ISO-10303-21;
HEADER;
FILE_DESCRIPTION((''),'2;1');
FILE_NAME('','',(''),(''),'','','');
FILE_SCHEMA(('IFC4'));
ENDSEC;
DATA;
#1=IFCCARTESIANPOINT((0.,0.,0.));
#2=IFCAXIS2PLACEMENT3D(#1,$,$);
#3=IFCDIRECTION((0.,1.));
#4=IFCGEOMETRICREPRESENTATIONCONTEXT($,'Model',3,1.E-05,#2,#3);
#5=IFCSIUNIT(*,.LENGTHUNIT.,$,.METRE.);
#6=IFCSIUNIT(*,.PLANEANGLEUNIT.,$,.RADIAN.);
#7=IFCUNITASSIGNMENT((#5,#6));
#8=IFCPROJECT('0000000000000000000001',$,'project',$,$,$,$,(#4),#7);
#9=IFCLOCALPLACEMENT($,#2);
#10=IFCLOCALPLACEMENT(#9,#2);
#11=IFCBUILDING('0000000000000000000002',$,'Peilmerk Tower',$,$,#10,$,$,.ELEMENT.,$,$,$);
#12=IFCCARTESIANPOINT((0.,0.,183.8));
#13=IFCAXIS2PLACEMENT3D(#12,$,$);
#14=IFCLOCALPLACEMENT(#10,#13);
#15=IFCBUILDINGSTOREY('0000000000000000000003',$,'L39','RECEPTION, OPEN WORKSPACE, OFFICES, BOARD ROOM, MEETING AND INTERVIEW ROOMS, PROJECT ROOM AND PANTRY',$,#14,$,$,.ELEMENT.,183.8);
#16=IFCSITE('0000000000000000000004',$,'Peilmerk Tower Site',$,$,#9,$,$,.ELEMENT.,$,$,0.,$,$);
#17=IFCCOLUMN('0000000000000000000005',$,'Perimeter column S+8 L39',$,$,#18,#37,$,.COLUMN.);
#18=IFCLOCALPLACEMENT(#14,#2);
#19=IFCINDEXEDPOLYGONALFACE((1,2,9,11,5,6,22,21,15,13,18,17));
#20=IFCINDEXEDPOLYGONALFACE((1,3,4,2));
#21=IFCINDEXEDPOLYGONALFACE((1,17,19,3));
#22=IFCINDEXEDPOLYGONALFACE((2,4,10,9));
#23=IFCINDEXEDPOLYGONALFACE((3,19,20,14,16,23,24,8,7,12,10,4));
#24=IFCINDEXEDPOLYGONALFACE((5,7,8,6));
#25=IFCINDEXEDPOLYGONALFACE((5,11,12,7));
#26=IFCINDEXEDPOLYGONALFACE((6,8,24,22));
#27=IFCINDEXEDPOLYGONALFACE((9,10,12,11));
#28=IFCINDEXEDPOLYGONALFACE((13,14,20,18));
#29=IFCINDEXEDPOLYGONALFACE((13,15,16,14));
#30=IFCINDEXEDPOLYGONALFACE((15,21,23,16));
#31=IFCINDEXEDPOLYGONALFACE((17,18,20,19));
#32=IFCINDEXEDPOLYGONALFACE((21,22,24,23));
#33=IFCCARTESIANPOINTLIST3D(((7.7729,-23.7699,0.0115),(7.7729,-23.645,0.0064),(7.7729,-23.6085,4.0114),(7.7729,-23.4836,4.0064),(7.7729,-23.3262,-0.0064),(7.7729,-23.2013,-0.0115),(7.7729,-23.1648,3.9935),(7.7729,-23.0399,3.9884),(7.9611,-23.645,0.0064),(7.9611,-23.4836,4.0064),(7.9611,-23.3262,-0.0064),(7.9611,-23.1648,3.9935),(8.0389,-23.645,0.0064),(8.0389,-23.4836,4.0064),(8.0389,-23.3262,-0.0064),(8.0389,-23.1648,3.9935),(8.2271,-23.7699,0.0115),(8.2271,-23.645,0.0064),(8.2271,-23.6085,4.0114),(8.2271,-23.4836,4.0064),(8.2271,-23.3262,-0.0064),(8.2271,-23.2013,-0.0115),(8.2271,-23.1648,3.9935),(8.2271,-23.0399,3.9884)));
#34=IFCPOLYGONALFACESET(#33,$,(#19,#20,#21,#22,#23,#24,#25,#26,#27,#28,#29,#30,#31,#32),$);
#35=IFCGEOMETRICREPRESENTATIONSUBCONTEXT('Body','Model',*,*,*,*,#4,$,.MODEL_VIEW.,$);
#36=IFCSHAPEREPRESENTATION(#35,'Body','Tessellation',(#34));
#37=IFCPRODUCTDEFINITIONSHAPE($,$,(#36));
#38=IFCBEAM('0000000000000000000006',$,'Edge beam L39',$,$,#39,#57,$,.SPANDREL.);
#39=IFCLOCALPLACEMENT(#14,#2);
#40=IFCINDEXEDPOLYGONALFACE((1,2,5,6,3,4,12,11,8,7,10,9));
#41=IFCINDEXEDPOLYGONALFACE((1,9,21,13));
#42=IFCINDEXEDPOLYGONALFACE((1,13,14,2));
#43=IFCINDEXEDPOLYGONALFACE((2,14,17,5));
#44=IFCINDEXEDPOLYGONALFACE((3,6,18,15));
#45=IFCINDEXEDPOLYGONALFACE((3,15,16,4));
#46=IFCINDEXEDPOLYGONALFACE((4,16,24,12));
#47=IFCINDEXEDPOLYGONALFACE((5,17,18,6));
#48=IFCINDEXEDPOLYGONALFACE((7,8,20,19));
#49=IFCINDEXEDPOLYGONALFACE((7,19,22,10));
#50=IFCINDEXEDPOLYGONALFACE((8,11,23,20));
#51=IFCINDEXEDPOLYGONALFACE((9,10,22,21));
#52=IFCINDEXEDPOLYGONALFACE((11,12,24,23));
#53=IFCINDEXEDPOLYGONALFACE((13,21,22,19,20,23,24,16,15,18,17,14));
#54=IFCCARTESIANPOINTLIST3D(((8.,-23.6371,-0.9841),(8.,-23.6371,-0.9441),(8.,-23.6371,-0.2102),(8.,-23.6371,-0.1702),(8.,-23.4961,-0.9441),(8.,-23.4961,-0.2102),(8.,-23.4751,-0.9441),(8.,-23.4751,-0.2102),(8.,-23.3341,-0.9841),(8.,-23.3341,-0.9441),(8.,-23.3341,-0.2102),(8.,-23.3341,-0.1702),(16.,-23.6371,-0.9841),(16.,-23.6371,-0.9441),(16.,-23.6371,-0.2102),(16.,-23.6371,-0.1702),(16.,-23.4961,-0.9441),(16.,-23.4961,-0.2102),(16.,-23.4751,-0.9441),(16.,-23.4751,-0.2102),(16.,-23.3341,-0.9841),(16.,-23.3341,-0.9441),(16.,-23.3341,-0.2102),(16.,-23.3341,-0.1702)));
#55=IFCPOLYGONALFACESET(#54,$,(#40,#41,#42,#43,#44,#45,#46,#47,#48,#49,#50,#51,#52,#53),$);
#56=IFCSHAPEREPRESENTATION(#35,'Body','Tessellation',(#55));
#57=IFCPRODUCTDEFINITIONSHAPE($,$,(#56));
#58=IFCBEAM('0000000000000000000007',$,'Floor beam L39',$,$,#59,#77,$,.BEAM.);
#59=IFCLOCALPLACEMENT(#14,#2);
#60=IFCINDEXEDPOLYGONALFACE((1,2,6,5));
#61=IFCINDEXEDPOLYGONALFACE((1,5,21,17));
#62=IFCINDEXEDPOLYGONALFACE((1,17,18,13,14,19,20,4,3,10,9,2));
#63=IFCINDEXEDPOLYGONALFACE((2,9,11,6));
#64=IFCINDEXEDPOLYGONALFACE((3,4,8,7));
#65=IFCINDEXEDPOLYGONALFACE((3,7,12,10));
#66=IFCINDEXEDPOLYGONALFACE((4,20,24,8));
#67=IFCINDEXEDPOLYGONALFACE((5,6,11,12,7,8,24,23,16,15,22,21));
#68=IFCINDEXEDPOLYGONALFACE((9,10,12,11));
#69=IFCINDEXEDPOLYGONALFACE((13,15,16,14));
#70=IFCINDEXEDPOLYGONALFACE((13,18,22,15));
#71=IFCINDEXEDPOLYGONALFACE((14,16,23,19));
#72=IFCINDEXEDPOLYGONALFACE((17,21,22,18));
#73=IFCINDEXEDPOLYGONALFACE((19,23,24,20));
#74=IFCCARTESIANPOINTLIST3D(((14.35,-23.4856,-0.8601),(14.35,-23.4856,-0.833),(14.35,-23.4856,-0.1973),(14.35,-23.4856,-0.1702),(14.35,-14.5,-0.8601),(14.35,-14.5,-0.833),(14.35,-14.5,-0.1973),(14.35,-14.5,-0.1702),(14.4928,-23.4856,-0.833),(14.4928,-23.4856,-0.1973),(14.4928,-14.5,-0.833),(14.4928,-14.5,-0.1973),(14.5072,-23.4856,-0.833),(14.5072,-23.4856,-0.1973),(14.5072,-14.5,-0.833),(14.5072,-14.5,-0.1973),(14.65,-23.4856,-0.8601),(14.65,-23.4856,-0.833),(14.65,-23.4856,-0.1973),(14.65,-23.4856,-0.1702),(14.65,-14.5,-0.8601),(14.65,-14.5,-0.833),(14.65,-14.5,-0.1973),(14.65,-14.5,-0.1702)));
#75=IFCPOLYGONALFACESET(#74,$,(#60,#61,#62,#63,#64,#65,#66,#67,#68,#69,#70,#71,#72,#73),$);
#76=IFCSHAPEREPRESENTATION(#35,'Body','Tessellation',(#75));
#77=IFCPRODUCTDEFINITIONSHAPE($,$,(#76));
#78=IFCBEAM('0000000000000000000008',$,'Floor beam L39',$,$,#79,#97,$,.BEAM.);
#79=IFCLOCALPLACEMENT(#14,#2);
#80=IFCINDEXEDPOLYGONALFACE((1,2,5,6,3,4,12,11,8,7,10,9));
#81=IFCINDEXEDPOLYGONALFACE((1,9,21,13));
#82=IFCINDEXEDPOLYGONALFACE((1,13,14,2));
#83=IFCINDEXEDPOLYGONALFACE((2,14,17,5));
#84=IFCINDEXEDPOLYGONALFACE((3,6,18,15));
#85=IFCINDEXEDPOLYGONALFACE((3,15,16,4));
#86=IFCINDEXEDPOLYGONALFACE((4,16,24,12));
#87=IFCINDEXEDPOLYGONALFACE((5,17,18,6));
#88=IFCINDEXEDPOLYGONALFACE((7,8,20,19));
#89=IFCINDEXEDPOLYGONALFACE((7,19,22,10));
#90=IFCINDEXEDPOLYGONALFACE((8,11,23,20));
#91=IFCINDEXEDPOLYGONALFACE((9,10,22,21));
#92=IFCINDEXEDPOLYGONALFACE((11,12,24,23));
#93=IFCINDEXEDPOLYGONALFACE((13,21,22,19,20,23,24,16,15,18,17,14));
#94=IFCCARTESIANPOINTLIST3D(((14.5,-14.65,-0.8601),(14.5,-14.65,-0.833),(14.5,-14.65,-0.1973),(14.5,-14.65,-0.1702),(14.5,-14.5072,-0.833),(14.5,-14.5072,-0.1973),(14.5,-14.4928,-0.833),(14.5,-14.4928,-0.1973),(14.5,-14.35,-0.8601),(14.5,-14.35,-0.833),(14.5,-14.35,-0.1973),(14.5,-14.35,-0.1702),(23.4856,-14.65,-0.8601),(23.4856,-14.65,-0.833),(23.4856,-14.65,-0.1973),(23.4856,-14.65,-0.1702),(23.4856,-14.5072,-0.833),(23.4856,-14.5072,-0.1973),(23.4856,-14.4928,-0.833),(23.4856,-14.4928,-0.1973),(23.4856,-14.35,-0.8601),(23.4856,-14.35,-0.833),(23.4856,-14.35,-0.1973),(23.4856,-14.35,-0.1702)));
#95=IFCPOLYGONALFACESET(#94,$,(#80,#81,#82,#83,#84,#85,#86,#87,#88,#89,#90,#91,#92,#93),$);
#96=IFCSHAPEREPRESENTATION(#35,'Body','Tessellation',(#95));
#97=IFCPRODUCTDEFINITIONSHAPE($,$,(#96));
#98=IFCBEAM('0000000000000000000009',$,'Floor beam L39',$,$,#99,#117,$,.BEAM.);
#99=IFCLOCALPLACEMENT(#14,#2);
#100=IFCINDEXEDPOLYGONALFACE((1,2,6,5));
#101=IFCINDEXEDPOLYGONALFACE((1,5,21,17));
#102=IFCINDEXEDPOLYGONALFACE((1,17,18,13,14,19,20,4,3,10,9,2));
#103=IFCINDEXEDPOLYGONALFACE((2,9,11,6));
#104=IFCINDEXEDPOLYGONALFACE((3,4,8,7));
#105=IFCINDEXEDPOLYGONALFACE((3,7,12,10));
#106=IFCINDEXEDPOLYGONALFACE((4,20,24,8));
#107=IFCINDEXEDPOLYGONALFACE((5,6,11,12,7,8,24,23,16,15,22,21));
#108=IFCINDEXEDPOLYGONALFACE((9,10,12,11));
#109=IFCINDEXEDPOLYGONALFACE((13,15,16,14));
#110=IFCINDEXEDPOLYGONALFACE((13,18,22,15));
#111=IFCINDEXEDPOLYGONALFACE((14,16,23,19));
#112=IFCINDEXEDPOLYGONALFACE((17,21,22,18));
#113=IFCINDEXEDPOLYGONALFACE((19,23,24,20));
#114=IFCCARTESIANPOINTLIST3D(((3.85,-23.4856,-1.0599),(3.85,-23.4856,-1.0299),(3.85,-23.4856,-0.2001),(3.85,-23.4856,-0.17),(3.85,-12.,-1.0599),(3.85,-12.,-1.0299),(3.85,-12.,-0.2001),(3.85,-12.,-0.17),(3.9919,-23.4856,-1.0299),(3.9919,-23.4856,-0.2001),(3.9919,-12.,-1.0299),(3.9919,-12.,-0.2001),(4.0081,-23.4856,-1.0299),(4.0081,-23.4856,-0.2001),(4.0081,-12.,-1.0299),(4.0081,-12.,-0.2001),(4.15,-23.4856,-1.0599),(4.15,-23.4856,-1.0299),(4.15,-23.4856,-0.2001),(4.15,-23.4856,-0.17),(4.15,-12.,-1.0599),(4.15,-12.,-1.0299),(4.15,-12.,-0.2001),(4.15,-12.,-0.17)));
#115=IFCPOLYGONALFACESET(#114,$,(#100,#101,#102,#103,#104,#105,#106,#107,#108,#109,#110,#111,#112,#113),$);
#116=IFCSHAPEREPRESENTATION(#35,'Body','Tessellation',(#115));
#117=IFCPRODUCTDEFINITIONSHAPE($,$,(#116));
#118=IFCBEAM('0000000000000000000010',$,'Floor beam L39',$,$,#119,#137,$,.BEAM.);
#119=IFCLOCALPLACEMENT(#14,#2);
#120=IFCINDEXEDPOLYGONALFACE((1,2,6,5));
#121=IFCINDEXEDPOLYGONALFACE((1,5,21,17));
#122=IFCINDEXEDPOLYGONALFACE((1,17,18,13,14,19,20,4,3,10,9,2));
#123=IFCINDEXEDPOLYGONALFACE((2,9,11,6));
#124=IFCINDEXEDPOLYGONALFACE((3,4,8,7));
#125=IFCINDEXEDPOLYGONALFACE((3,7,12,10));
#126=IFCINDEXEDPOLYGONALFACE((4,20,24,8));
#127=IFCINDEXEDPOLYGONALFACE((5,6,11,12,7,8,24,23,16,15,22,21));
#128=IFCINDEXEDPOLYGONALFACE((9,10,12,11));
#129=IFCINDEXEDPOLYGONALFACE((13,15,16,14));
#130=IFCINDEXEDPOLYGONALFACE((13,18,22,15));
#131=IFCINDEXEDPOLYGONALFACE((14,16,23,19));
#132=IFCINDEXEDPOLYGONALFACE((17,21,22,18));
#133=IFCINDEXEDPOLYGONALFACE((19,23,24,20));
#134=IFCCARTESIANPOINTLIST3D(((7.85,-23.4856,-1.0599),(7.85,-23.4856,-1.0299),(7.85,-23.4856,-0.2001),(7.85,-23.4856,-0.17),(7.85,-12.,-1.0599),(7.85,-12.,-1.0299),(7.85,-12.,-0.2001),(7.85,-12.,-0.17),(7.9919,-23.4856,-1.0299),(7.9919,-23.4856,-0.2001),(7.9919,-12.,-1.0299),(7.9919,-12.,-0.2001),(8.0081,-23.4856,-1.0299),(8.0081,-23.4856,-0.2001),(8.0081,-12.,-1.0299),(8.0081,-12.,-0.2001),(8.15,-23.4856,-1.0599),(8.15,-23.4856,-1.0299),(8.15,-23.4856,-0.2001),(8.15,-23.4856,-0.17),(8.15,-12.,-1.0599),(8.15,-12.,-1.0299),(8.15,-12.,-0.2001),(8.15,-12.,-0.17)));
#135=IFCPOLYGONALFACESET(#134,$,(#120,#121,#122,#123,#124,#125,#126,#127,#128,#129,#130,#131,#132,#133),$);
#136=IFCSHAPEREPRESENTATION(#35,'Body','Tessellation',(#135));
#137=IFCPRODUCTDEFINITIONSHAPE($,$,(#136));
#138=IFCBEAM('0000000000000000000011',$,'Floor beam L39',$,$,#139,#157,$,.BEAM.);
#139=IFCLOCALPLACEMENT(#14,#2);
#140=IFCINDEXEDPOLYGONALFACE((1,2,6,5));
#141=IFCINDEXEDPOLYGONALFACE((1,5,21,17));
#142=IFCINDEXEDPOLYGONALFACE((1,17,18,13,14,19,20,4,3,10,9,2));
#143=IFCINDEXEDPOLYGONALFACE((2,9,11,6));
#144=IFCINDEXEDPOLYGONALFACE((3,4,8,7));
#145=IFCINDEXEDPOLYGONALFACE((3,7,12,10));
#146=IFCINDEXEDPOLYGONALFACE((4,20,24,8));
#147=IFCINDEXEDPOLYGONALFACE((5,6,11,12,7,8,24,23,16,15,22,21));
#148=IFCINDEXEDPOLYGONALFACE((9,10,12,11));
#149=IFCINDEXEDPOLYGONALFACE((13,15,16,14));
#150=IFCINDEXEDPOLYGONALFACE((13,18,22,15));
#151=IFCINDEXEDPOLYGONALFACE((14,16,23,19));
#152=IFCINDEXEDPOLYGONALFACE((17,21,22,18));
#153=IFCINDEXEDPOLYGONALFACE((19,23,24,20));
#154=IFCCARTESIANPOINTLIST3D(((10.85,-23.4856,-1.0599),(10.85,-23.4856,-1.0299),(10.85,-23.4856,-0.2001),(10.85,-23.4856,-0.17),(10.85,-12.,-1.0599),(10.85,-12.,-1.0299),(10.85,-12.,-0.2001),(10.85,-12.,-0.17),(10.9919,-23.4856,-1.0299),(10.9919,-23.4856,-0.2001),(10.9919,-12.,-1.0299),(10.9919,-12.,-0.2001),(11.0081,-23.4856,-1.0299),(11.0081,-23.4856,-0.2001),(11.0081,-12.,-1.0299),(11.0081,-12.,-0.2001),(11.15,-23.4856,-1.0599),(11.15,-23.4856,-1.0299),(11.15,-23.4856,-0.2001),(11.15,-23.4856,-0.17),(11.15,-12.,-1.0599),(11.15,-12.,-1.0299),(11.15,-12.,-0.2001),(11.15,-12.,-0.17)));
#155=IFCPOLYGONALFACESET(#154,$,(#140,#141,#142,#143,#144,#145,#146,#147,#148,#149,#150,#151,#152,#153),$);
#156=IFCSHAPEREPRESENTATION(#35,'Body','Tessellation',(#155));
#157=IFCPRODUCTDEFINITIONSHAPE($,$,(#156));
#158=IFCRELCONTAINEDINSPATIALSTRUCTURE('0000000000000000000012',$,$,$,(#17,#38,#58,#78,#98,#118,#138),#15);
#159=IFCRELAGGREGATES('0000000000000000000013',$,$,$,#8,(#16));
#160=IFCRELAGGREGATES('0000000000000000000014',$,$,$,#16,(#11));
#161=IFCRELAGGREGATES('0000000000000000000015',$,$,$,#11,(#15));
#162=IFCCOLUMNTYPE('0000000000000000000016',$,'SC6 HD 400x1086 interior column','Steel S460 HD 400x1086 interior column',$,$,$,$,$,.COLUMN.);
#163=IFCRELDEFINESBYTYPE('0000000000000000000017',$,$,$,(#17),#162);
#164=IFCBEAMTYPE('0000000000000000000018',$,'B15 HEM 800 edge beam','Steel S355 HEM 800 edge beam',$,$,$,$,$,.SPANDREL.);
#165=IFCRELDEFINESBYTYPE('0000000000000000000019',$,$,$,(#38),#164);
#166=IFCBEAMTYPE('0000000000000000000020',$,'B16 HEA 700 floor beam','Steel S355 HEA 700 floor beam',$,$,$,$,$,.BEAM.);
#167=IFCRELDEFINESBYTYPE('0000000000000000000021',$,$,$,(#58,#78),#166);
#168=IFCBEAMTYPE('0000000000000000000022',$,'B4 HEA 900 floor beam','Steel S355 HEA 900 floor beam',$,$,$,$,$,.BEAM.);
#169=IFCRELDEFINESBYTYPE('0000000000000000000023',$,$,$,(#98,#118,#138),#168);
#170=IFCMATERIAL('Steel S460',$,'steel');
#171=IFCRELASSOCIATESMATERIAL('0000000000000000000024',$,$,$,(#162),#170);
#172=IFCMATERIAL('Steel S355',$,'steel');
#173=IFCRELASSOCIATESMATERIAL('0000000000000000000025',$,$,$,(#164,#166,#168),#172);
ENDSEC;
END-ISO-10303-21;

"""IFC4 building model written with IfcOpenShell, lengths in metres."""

from ifc_helpers import new_model, si_unit, direction, frame, origin, origin_2d, place, context, subcontext, project, spatial, i_section, extrude, material, material_profile, profile_set, type_object, element, save


model = new_model("IFC4")

# Units and contexts
model_context = context("Model", 3, precision=1e-05, world=origin(), true_north=direction((0.0, 1.0)))
body_context = subcontext(model_context, "Body", "Model", "MODEL_VIEW")
ifc_project = project(units=[si_unit("LENGTHUNIT", "METRE"), si_unit("PLANEANGLEUNIT", "RADIAN")], contexts=[model_context])

# Site, building, storey
site_placement = place(None, origin())
site = spatial("IfcSite", under=ifc_project, at=site_placement, Name="Peilmerk Tower Site", CompositionType="ELEMENT", RefElevation=0.0)
building_placement = place(site_placement, origin())
building = spatial("IfcBuilding", under=site, at=building_placement, Name="Peilmerk Tower", CompositionType="ELEMENT")
storey_placement = place(building_placement, frame((0.0, 0.0, 183.8)))
storey = spatial("IfcBuildingStorey", under=building, at=storey_placement, Name="L39", Description="RECEPTION, OPEN WORKSPACE, OFFICES, BOARD ROOM, MEETING AND INTERVIEW ROOMS, PROJECT ROOM AND PANTRY", CompositionType="ELEMENT", Elevation=183.8)

# Column
ifc_material_1 = material(Name="Steel S460", Category="steel")
ifc_material_profile_1 = material_profile(ifc_material_1, i_section(OverallWidth=0.4541, OverallDepth=0.5691, WebThickness=0.0779, FlangeThickness=0.125, at=origin_2d()), Name="HD 400x1086")
ifc_profile_set_1 = profile_set([ifc_material_profile_1], Name="Steel S460")
column_type = type_object("IfcColumnType", Name="SC6 HD 400x1086 interior column", Description="Steel S460 HD 400x1086 interior column", PredefinedType="COLUMN", material=ifc_profile_set_1)
column_placement = place(storey_placement, frame((8.0, -23.4856, 0.0), z_axis=(0.0, 0.040311, 0.999187), x_axis=(-1.0, 0.0, 0.0)))
element("IfcColumn", 1, at=column_placement, inside=storey, type_object=column_type, Name="Perimeter column S+8 L39", PredefinedType="COLUMN", context=body_context, shape_type="SweptSolid", body=[
    extrude(i_section(OverallWidth=0.4541, OverallDepth=0.5691, WebThickness=0.0779, FlangeThickness=0.125, at=origin_2d()), origin(), (0.0, 0.0, 1.0), 4.0032),
])

# Beams
ifc_material_2 = material(Name="Steel S355", Category="steel")
ifc_material_profile_2 = material_profile(ifc_material_2, i_section(OverallWidth=0.303, OverallDepth=0.814, WebThickness=0.021, FlangeThickness=0.04, at=origin_2d()), Name="HEM 800")
ifc_profile_set_2 = profile_set([ifc_material_profile_2], Name="Steel S355")
beam_type_1 = type_object("IfcBeamType", Name="B15 HEM 800 edge beam", Description="Steel S355 HEM 800 edge beam", PredefinedType="SPANDREL", material=ifc_profile_set_2)
beam_placement = place(storey_placement, frame((8.0, -23.4856, -0.5771), z_axis=(1.0, 0.0, 0.0), x_axis=(0.0, 1.0, 0.0)))
element("IfcBeam", 2, at=beam_placement, inside=storey, type_object=beam_type_1, Name="Edge beam L39", PredefinedType="SPANDREL", context=body_context, shape_type="SweptSolid", body=[
    extrude(i_section(OverallWidth=0.303, OverallDepth=0.814, WebThickness=0.021, FlangeThickness=0.04, at=origin_2d()), origin(), (0.0, 0.0, 1.0), 8.0),
])
ifc_material_profile_3 = material_profile(ifc_material_2, i_section(OverallWidth=0.3, OverallDepth=0.6899, WebThickness=0.0144, FlangeThickness=0.0271, at=origin_2d()), Name="HEA 700")
ifc_profile_set_3 = profile_set([ifc_material_profile_3], Name="Steel S355")
beam_type_2 = type_object("IfcBeamType", Name="B16 HEA 700 floor beam", Description="Steel S355 HEA 700 floor beam", PredefinedType="BEAM", material=ifc_profile_set_3)
for number, where, z_axis, x_axis, name in (
    (3, (14.5, -14.5, -0.5151), (0.0, -1.0, 0.0), (1.0, 0.0, 0.0), "Floor beam L39"),
    (4, (14.5, -14.5, -0.5151), (1.0, 0.0, 0.0), (0.0, 1.0, 0.0), "Floor beam L39"),
):
    element("IfcBeam", number, at=place(storey_placement, frame(where, z_axis=z_axis, x_axis=x_axis)), inside=storey, type_object=beam_type_2, Name=name, PredefinedType="BEAM", context=body_context, shape_type="SweptSolid", body=[
        extrude(i_section(OverallWidth=0.3, OverallDepth=0.6899, WebThickness=0.0144, FlangeThickness=0.0271, at=origin_2d()), origin(), (0.0, 0.0, 1.0), 8.9856),
    ])
ifc_material_profile_4 = material_profile(ifc_material_2, i_section(OverallWidth=0.3, OverallDepth=0.8899, WebThickness=0.0161, FlangeThickness=0.03, at=origin_2d()), Name="HEA 900")
ifc_profile_set_4 = profile_set([ifc_material_profile_4], Name="Steel S355")
beam_type_3 = type_object("IfcBeamType", Name="B4 HEA 900 floor beam", Description="Steel S355 HEA 900 floor beam", PredefinedType="BEAM", material=ifc_profile_set_4)
for number, where, z_axis, x_axis, name in (
    (5, (4.0, -12.0, -0.615), (0.0, -1.0, 0.0), (1.0, 0.0, 0.0), "Floor beam L39"),
    (6, (8.0, -12.0, -0.615), (0.0, -1.0, 0.0), (1.0, 0.0, 0.0), "Floor beam L39"),
    (7, (11.0, -12.0, -0.615), (0.0, -1.0, 0.0), (1.0, 0.0, 0.0), "Floor beam L39"),
):
    element("IfcBeam", number, at=place(storey_placement, frame(where, z_axis=z_axis, x_axis=x_axis)), inside=storey, type_object=beam_type_3, Name=name, PredefinedType="BEAM", context=body_context, shape_type="SweptSolid", body=[
        extrude(i_section(OverallWidth=0.3, OverallDepth=0.8899, WebThickness=0.0161, FlangeThickness=0.03, at=origin_2d()), origin(), (0.0, 0.0, 1.0), 11.4856),
    ])

save(model, "model.ifc")
